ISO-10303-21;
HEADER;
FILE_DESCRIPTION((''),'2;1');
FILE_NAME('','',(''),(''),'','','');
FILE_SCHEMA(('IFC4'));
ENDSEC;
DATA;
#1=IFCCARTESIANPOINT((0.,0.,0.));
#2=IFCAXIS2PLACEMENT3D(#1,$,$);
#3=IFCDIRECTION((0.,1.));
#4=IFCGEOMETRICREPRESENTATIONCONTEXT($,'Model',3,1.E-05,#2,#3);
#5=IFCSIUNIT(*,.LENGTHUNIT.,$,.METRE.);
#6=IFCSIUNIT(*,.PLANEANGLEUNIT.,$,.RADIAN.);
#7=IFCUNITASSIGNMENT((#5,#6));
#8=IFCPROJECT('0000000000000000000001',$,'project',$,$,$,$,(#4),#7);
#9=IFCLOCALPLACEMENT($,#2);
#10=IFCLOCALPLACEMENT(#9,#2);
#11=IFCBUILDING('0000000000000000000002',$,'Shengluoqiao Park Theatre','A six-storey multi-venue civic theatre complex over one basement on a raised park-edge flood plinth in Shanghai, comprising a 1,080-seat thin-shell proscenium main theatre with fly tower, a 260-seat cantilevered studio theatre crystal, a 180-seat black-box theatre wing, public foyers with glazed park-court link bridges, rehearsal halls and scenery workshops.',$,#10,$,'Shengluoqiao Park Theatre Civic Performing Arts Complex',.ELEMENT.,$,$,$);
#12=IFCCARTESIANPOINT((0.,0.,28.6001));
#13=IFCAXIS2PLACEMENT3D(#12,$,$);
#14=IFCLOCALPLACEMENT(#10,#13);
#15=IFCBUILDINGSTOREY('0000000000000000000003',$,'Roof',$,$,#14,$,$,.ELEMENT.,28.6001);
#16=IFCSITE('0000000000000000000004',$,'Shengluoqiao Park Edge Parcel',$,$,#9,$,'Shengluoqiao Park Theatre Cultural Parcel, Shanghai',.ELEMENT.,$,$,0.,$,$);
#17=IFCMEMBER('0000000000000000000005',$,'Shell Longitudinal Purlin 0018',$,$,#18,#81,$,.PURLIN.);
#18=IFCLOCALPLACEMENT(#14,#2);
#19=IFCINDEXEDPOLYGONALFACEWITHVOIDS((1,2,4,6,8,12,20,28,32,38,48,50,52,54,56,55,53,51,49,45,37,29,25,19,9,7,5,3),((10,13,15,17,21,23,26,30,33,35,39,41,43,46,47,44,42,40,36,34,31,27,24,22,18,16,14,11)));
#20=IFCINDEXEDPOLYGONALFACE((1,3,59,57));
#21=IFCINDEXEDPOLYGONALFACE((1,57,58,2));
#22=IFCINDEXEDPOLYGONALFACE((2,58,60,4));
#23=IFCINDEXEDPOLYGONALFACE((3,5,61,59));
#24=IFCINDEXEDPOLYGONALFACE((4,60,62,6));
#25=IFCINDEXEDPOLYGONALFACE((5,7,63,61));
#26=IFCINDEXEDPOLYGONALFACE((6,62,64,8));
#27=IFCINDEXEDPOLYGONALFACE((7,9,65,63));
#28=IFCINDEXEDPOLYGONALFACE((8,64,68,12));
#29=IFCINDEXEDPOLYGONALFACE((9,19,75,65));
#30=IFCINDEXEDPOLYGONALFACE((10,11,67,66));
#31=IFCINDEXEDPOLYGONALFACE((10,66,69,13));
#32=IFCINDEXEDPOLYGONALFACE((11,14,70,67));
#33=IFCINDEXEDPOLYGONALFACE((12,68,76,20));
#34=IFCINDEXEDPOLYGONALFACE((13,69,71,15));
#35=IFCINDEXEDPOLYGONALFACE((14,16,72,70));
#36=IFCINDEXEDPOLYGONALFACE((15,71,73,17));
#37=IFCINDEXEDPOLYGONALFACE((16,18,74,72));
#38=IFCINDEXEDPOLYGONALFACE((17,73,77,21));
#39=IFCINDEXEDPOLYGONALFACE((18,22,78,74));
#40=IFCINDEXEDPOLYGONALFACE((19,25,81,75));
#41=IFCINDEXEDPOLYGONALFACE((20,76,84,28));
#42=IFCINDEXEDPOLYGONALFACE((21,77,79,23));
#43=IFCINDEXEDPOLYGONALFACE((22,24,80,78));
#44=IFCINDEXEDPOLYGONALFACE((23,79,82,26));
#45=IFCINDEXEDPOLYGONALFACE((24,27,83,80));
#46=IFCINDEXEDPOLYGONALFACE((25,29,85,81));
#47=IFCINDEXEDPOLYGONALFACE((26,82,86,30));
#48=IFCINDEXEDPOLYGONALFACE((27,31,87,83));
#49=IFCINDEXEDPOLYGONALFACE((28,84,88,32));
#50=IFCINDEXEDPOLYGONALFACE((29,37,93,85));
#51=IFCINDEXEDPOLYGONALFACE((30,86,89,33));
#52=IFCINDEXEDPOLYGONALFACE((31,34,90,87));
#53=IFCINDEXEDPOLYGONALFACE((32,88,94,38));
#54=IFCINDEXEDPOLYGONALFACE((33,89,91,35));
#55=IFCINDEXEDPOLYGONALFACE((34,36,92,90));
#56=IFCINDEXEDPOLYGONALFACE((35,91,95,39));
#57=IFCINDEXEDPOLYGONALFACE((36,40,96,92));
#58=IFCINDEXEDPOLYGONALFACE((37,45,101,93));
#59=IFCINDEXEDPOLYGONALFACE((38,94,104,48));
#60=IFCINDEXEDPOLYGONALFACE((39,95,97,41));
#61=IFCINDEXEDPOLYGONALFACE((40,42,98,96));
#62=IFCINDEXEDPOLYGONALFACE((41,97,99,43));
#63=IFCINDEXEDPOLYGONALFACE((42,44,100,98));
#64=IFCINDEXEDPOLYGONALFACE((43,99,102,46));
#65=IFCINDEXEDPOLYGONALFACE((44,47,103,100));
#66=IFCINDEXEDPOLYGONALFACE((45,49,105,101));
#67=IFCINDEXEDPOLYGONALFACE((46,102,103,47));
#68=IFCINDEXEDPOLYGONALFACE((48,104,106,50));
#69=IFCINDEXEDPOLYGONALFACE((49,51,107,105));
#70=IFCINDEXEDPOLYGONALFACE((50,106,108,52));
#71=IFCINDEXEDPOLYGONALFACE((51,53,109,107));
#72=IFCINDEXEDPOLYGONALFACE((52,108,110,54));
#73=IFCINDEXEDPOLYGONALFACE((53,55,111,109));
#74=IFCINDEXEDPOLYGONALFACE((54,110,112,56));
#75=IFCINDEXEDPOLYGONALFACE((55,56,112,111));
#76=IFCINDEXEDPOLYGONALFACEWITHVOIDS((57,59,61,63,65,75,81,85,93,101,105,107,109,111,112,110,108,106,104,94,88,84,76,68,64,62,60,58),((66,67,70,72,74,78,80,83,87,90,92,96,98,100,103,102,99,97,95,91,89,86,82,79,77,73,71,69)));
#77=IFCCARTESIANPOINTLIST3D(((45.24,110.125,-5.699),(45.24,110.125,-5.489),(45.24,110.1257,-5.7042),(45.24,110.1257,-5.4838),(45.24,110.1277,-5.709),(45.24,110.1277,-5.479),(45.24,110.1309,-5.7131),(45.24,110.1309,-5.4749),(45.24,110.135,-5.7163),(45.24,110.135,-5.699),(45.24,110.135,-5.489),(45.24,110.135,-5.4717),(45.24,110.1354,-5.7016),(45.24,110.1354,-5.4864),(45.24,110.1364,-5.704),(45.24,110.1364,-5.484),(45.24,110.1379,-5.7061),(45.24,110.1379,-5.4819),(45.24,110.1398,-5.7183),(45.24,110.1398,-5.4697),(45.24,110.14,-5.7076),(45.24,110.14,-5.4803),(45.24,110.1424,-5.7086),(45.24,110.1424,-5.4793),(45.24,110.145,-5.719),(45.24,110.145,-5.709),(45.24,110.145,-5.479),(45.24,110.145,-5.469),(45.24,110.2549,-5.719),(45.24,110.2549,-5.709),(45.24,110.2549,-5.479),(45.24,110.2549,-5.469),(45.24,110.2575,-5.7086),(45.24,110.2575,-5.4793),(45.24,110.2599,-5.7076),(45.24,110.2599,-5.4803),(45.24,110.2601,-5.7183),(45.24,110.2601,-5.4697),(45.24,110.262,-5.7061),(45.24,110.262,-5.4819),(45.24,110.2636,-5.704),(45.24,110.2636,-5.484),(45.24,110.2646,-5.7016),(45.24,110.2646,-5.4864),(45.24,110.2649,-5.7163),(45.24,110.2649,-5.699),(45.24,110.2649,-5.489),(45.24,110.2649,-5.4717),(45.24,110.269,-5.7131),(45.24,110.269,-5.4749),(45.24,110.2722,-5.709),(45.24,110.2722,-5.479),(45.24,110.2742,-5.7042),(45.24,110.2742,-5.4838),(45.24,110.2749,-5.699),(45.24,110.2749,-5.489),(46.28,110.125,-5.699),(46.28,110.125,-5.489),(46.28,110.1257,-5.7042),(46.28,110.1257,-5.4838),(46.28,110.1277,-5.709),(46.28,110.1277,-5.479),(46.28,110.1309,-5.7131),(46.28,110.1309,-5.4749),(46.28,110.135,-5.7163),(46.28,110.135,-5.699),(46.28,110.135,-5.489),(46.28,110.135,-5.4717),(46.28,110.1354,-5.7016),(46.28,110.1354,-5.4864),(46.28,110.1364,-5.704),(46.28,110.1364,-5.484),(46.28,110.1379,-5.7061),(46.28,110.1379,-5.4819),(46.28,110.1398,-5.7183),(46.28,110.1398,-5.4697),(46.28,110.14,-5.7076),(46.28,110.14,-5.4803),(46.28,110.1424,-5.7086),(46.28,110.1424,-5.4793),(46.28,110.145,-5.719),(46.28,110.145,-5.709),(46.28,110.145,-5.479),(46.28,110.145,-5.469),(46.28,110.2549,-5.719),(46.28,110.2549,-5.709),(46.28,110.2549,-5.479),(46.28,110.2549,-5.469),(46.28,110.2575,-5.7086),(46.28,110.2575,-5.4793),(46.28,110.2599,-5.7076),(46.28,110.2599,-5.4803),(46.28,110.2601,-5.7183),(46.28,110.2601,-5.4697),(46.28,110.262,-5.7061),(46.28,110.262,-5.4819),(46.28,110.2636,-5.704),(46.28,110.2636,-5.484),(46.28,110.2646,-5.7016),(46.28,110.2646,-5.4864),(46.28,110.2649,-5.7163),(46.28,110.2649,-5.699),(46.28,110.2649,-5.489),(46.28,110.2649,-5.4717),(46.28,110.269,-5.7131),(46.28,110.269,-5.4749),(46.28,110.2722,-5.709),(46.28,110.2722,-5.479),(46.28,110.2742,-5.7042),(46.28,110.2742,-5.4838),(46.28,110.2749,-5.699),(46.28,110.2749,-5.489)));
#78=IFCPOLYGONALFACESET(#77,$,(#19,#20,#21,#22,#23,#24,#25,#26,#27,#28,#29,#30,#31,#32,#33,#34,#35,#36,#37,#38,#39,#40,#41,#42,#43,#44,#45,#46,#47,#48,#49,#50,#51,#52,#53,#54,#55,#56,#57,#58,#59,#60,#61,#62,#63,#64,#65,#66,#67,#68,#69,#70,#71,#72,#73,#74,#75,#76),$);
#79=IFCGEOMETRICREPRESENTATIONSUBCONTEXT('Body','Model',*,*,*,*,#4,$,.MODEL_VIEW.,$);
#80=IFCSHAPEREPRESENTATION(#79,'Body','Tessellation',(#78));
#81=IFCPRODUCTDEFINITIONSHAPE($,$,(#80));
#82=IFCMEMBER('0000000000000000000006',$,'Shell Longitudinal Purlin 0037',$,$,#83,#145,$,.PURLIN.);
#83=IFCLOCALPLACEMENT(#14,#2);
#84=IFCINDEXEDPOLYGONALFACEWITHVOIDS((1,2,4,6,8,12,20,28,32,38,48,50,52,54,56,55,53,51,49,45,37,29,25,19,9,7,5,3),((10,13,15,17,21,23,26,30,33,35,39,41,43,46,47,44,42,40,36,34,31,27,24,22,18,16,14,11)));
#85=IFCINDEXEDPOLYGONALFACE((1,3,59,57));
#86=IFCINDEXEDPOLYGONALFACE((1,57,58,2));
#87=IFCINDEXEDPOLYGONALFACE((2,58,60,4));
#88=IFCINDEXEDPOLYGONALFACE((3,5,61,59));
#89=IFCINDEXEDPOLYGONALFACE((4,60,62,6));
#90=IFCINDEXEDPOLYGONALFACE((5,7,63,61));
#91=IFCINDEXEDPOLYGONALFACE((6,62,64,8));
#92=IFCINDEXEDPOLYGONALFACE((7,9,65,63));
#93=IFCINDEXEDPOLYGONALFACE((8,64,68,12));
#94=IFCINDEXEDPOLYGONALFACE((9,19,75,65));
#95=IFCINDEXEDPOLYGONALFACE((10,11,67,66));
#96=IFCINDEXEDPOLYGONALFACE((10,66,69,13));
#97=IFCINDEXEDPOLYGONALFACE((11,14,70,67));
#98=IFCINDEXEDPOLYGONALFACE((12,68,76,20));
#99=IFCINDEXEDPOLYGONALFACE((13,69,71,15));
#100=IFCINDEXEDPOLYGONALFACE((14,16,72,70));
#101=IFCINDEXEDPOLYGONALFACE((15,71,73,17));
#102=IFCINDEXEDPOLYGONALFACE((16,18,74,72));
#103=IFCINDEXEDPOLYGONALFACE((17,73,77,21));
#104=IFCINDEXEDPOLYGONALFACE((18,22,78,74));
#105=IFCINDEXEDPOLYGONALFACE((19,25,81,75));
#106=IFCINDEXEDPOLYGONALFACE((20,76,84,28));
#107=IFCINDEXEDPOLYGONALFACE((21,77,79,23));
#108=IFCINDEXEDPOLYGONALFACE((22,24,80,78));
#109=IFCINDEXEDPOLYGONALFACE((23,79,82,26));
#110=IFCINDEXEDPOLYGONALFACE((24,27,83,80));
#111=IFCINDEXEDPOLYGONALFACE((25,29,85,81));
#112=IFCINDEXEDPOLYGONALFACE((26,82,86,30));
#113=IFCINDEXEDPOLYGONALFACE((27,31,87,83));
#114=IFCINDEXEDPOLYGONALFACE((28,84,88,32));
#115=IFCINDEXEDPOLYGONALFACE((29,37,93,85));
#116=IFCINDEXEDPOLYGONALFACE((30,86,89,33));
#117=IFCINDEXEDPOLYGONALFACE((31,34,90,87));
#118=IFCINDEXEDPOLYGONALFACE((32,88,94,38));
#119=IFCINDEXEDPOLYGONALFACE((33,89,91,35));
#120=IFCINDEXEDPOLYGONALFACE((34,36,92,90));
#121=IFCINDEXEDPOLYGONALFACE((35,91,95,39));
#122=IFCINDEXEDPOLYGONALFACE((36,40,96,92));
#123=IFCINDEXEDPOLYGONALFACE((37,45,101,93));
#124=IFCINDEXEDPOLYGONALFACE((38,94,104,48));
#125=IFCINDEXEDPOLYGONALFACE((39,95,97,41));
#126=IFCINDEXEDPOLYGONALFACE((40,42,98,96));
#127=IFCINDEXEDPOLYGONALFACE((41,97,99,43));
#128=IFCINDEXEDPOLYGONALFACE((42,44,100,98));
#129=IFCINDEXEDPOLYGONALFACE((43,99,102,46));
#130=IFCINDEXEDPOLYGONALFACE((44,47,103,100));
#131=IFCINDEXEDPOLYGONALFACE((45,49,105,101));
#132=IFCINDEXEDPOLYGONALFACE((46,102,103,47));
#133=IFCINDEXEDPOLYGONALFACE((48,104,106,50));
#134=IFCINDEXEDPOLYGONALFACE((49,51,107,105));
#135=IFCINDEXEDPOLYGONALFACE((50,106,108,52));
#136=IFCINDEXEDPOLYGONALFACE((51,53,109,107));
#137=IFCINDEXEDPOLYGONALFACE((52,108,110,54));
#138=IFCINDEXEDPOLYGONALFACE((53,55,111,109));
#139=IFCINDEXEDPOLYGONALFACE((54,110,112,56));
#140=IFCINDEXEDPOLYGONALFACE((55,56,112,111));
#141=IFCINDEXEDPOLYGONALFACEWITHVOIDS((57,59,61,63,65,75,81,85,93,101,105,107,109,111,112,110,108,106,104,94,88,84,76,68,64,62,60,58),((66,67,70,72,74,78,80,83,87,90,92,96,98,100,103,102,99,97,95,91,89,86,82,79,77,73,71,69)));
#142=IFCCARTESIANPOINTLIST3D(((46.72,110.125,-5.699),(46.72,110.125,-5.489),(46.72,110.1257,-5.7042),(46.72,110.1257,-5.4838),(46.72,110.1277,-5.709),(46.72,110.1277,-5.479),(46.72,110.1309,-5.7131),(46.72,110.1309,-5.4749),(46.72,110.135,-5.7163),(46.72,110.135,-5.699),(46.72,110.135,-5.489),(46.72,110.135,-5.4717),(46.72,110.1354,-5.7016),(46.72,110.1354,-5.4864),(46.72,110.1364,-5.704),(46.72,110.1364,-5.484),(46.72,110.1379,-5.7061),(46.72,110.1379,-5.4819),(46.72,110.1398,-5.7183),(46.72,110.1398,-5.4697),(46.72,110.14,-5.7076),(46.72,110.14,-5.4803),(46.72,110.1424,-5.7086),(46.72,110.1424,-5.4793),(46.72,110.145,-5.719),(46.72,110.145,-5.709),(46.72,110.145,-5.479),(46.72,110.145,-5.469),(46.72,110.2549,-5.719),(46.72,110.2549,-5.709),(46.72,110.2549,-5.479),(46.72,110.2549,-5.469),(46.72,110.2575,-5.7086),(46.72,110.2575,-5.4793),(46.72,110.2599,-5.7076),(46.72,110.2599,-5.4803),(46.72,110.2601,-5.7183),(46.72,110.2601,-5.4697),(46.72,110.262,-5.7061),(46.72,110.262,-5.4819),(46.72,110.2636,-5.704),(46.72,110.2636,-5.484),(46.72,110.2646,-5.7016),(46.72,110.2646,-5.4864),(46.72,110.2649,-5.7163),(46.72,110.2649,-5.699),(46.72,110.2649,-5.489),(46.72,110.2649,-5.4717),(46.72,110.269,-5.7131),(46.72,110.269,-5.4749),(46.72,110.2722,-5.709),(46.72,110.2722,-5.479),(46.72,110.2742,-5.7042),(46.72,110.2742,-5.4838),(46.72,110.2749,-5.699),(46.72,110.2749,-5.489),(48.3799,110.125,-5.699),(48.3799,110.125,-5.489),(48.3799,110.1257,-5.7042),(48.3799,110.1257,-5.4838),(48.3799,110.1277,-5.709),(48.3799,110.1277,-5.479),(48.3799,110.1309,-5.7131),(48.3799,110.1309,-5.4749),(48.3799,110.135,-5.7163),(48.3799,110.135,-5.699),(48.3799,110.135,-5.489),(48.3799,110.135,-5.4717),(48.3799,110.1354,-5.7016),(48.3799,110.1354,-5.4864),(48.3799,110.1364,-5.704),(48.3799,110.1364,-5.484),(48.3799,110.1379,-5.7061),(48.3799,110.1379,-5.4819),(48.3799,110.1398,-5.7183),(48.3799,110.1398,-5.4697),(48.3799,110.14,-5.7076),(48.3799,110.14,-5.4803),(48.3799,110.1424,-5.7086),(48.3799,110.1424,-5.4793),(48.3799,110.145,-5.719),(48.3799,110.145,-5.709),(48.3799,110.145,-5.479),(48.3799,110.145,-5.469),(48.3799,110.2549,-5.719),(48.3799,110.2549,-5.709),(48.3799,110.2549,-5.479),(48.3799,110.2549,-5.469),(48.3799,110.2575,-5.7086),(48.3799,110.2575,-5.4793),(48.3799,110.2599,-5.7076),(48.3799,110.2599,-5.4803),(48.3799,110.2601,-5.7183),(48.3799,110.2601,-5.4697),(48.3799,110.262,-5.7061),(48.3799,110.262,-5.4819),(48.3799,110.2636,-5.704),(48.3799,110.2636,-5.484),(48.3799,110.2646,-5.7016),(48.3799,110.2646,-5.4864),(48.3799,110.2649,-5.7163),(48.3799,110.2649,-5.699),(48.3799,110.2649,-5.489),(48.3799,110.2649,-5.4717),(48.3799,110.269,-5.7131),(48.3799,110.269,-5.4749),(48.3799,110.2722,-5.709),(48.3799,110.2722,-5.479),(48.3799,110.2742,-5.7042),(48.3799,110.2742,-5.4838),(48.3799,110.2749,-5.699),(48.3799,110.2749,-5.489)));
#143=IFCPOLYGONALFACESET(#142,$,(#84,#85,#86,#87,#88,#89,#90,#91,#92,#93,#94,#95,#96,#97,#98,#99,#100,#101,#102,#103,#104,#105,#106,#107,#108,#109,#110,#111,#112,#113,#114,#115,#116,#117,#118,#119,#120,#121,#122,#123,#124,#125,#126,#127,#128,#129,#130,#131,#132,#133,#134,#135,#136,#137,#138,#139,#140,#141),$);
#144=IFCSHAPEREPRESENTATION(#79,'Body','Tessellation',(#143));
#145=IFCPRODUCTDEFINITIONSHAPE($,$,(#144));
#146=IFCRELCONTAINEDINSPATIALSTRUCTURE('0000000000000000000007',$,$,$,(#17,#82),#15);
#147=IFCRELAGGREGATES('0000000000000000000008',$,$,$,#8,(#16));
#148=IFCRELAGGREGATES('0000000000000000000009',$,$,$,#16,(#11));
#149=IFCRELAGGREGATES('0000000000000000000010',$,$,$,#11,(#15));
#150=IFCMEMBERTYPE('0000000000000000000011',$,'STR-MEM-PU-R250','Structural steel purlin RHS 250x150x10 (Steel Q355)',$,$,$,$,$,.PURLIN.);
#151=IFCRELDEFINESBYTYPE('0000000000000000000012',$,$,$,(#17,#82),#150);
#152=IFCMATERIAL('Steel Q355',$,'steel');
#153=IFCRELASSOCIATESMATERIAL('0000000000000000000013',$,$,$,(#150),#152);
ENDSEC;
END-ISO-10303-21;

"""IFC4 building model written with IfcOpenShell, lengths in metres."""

from ifc_helpers import new_model, si_unit, direction, frame, origin, origin_2d, place, context, subcontext, project, spatial, hollow_rectangle, extrude, material, material_profile, profile_set, type_object, element, save


model = new_model("IFC4")

# Units and contexts
model_context = context("Model", 3, precision=1e-05, world=origin(), true_north=direction((0.0, 1.0)))
body_context = subcontext(model_context, "Body", "Model", "MODEL_VIEW")
ifc_project = project(units=[si_unit("LENGTHUNIT", "METRE"), si_unit("PLANEANGLEUNIT", "RADIAN")], contexts=[model_context])

# Site, building, storey
site_placement = place(None, origin())
site = spatial("IfcSite", under=ifc_project, at=site_placement, Name="Shengluoqiao Park Edge Parcel", LongName="Shengluoqiao Park Theatre Cultural Parcel, Shanghai", CompositionType="ELEMENT", RefElevation=0.0)
building_placement = place(site_placement, origin())
building = spatial("IfcBuilding", under=site, at=building_placement, Name="Shengluoqiao Park Theatre", Description="A six-storey multi-venue civic theatre complex over one basement on a raised park-edge flood plinth in Shanghai, comprising a 1,080-seat thin-shell proscenium main theatre with fly tower, a 260-seat cantilevered studio theatre crystal, a 180-seat black-box theatre wing, public foyers with glazed park-court link bridges, rehearsal halls and scenery workshops.", LongName="Shengluoqiao Park Theatre Civic Performing Arts Complex", CompositionType="ELEMENT")
storey_placement = place(building_placement, frame((0.0, 0.0, 28.6001)))
storey = spatial("IfcBuildingStorey", under=building, at=storey_placement, Name="Roof", CompositionType="ELEMENT", Elevation=28.6001)

# Shared definitions
ifc_material_1 = material(Name="Steel Q355", Category="steel")

# Members
ifc_material_profile_1 = material_profile(ifc_material_1, hollow_rectangle(XDim=0.1499, YDim=0.25, WallThickness=0.01, InnerFilletRadius=0.01, OuterFilletRadius=0.02, at=origin_2d()), Name="RHS 250x150x10")
ifc_profile_set_1 = profile_set([ifc_material_profile_1], Name="Steel Q355")
member_type_1 = type_object("IfcMemberType", Name="STR-MEM-PU-R250", Description="Structural steel purlin RHS 250x150x10 (Steel Q355)", PredefinedType="PURLIN", material=ifc_profile_set_1)
member_1_placement = place(storey_placement, frame((45.24, 110.2, -5.594), z_axis=(1.0, 0.0, 0.0), x_axis=(0.0, 1.0, 0.0)))
element("IfcMember", 1, at=member_1_placement, inside=storey, type_object=member_type_1, Name="Shell Longitudinal Purlin 0018", PredefinedType="PURLIN", context=body_context, shape_type="SweptSolid", body=[
    extrude(hollow_rectangle(XDim=0.1499, YDim=0.25, WallThickness=0.01, InnerFilletRadius=0.01, OuterFilletRadius=0.02, at=origin_2d()), origin(), (0.0, 0.0, 1.0), 1.04),
])
for number, where, z_axis, x_axis, name in (
    (2, (46.72, 110.2, -5.594), (1.0, 0.0, 0.0), (0.0, 1.0, 0.0), "Shell Longitudinal Purlin 0037"),
):
    element("IfcMember", number, at=place(storey_placement, frame(where, z_axis=z_axis, x_axis=x_axis)), inside=storey, type_object=member_type_1, Name=name, PredefinedType="PURLIN", context=body_context, shape_type="SweptSolid", body=[
        extrude(hollow_rectangle(XDim=0.1499, YDim=0.25, WallThickness=0.01, InnerFilletRadius=0.01, OuterFilletRadius=0.02, at=origin_2d()), origin(), (0.0, 0.0, 1.0), 1.6599),
    ])

save(model, "model.ifc")
